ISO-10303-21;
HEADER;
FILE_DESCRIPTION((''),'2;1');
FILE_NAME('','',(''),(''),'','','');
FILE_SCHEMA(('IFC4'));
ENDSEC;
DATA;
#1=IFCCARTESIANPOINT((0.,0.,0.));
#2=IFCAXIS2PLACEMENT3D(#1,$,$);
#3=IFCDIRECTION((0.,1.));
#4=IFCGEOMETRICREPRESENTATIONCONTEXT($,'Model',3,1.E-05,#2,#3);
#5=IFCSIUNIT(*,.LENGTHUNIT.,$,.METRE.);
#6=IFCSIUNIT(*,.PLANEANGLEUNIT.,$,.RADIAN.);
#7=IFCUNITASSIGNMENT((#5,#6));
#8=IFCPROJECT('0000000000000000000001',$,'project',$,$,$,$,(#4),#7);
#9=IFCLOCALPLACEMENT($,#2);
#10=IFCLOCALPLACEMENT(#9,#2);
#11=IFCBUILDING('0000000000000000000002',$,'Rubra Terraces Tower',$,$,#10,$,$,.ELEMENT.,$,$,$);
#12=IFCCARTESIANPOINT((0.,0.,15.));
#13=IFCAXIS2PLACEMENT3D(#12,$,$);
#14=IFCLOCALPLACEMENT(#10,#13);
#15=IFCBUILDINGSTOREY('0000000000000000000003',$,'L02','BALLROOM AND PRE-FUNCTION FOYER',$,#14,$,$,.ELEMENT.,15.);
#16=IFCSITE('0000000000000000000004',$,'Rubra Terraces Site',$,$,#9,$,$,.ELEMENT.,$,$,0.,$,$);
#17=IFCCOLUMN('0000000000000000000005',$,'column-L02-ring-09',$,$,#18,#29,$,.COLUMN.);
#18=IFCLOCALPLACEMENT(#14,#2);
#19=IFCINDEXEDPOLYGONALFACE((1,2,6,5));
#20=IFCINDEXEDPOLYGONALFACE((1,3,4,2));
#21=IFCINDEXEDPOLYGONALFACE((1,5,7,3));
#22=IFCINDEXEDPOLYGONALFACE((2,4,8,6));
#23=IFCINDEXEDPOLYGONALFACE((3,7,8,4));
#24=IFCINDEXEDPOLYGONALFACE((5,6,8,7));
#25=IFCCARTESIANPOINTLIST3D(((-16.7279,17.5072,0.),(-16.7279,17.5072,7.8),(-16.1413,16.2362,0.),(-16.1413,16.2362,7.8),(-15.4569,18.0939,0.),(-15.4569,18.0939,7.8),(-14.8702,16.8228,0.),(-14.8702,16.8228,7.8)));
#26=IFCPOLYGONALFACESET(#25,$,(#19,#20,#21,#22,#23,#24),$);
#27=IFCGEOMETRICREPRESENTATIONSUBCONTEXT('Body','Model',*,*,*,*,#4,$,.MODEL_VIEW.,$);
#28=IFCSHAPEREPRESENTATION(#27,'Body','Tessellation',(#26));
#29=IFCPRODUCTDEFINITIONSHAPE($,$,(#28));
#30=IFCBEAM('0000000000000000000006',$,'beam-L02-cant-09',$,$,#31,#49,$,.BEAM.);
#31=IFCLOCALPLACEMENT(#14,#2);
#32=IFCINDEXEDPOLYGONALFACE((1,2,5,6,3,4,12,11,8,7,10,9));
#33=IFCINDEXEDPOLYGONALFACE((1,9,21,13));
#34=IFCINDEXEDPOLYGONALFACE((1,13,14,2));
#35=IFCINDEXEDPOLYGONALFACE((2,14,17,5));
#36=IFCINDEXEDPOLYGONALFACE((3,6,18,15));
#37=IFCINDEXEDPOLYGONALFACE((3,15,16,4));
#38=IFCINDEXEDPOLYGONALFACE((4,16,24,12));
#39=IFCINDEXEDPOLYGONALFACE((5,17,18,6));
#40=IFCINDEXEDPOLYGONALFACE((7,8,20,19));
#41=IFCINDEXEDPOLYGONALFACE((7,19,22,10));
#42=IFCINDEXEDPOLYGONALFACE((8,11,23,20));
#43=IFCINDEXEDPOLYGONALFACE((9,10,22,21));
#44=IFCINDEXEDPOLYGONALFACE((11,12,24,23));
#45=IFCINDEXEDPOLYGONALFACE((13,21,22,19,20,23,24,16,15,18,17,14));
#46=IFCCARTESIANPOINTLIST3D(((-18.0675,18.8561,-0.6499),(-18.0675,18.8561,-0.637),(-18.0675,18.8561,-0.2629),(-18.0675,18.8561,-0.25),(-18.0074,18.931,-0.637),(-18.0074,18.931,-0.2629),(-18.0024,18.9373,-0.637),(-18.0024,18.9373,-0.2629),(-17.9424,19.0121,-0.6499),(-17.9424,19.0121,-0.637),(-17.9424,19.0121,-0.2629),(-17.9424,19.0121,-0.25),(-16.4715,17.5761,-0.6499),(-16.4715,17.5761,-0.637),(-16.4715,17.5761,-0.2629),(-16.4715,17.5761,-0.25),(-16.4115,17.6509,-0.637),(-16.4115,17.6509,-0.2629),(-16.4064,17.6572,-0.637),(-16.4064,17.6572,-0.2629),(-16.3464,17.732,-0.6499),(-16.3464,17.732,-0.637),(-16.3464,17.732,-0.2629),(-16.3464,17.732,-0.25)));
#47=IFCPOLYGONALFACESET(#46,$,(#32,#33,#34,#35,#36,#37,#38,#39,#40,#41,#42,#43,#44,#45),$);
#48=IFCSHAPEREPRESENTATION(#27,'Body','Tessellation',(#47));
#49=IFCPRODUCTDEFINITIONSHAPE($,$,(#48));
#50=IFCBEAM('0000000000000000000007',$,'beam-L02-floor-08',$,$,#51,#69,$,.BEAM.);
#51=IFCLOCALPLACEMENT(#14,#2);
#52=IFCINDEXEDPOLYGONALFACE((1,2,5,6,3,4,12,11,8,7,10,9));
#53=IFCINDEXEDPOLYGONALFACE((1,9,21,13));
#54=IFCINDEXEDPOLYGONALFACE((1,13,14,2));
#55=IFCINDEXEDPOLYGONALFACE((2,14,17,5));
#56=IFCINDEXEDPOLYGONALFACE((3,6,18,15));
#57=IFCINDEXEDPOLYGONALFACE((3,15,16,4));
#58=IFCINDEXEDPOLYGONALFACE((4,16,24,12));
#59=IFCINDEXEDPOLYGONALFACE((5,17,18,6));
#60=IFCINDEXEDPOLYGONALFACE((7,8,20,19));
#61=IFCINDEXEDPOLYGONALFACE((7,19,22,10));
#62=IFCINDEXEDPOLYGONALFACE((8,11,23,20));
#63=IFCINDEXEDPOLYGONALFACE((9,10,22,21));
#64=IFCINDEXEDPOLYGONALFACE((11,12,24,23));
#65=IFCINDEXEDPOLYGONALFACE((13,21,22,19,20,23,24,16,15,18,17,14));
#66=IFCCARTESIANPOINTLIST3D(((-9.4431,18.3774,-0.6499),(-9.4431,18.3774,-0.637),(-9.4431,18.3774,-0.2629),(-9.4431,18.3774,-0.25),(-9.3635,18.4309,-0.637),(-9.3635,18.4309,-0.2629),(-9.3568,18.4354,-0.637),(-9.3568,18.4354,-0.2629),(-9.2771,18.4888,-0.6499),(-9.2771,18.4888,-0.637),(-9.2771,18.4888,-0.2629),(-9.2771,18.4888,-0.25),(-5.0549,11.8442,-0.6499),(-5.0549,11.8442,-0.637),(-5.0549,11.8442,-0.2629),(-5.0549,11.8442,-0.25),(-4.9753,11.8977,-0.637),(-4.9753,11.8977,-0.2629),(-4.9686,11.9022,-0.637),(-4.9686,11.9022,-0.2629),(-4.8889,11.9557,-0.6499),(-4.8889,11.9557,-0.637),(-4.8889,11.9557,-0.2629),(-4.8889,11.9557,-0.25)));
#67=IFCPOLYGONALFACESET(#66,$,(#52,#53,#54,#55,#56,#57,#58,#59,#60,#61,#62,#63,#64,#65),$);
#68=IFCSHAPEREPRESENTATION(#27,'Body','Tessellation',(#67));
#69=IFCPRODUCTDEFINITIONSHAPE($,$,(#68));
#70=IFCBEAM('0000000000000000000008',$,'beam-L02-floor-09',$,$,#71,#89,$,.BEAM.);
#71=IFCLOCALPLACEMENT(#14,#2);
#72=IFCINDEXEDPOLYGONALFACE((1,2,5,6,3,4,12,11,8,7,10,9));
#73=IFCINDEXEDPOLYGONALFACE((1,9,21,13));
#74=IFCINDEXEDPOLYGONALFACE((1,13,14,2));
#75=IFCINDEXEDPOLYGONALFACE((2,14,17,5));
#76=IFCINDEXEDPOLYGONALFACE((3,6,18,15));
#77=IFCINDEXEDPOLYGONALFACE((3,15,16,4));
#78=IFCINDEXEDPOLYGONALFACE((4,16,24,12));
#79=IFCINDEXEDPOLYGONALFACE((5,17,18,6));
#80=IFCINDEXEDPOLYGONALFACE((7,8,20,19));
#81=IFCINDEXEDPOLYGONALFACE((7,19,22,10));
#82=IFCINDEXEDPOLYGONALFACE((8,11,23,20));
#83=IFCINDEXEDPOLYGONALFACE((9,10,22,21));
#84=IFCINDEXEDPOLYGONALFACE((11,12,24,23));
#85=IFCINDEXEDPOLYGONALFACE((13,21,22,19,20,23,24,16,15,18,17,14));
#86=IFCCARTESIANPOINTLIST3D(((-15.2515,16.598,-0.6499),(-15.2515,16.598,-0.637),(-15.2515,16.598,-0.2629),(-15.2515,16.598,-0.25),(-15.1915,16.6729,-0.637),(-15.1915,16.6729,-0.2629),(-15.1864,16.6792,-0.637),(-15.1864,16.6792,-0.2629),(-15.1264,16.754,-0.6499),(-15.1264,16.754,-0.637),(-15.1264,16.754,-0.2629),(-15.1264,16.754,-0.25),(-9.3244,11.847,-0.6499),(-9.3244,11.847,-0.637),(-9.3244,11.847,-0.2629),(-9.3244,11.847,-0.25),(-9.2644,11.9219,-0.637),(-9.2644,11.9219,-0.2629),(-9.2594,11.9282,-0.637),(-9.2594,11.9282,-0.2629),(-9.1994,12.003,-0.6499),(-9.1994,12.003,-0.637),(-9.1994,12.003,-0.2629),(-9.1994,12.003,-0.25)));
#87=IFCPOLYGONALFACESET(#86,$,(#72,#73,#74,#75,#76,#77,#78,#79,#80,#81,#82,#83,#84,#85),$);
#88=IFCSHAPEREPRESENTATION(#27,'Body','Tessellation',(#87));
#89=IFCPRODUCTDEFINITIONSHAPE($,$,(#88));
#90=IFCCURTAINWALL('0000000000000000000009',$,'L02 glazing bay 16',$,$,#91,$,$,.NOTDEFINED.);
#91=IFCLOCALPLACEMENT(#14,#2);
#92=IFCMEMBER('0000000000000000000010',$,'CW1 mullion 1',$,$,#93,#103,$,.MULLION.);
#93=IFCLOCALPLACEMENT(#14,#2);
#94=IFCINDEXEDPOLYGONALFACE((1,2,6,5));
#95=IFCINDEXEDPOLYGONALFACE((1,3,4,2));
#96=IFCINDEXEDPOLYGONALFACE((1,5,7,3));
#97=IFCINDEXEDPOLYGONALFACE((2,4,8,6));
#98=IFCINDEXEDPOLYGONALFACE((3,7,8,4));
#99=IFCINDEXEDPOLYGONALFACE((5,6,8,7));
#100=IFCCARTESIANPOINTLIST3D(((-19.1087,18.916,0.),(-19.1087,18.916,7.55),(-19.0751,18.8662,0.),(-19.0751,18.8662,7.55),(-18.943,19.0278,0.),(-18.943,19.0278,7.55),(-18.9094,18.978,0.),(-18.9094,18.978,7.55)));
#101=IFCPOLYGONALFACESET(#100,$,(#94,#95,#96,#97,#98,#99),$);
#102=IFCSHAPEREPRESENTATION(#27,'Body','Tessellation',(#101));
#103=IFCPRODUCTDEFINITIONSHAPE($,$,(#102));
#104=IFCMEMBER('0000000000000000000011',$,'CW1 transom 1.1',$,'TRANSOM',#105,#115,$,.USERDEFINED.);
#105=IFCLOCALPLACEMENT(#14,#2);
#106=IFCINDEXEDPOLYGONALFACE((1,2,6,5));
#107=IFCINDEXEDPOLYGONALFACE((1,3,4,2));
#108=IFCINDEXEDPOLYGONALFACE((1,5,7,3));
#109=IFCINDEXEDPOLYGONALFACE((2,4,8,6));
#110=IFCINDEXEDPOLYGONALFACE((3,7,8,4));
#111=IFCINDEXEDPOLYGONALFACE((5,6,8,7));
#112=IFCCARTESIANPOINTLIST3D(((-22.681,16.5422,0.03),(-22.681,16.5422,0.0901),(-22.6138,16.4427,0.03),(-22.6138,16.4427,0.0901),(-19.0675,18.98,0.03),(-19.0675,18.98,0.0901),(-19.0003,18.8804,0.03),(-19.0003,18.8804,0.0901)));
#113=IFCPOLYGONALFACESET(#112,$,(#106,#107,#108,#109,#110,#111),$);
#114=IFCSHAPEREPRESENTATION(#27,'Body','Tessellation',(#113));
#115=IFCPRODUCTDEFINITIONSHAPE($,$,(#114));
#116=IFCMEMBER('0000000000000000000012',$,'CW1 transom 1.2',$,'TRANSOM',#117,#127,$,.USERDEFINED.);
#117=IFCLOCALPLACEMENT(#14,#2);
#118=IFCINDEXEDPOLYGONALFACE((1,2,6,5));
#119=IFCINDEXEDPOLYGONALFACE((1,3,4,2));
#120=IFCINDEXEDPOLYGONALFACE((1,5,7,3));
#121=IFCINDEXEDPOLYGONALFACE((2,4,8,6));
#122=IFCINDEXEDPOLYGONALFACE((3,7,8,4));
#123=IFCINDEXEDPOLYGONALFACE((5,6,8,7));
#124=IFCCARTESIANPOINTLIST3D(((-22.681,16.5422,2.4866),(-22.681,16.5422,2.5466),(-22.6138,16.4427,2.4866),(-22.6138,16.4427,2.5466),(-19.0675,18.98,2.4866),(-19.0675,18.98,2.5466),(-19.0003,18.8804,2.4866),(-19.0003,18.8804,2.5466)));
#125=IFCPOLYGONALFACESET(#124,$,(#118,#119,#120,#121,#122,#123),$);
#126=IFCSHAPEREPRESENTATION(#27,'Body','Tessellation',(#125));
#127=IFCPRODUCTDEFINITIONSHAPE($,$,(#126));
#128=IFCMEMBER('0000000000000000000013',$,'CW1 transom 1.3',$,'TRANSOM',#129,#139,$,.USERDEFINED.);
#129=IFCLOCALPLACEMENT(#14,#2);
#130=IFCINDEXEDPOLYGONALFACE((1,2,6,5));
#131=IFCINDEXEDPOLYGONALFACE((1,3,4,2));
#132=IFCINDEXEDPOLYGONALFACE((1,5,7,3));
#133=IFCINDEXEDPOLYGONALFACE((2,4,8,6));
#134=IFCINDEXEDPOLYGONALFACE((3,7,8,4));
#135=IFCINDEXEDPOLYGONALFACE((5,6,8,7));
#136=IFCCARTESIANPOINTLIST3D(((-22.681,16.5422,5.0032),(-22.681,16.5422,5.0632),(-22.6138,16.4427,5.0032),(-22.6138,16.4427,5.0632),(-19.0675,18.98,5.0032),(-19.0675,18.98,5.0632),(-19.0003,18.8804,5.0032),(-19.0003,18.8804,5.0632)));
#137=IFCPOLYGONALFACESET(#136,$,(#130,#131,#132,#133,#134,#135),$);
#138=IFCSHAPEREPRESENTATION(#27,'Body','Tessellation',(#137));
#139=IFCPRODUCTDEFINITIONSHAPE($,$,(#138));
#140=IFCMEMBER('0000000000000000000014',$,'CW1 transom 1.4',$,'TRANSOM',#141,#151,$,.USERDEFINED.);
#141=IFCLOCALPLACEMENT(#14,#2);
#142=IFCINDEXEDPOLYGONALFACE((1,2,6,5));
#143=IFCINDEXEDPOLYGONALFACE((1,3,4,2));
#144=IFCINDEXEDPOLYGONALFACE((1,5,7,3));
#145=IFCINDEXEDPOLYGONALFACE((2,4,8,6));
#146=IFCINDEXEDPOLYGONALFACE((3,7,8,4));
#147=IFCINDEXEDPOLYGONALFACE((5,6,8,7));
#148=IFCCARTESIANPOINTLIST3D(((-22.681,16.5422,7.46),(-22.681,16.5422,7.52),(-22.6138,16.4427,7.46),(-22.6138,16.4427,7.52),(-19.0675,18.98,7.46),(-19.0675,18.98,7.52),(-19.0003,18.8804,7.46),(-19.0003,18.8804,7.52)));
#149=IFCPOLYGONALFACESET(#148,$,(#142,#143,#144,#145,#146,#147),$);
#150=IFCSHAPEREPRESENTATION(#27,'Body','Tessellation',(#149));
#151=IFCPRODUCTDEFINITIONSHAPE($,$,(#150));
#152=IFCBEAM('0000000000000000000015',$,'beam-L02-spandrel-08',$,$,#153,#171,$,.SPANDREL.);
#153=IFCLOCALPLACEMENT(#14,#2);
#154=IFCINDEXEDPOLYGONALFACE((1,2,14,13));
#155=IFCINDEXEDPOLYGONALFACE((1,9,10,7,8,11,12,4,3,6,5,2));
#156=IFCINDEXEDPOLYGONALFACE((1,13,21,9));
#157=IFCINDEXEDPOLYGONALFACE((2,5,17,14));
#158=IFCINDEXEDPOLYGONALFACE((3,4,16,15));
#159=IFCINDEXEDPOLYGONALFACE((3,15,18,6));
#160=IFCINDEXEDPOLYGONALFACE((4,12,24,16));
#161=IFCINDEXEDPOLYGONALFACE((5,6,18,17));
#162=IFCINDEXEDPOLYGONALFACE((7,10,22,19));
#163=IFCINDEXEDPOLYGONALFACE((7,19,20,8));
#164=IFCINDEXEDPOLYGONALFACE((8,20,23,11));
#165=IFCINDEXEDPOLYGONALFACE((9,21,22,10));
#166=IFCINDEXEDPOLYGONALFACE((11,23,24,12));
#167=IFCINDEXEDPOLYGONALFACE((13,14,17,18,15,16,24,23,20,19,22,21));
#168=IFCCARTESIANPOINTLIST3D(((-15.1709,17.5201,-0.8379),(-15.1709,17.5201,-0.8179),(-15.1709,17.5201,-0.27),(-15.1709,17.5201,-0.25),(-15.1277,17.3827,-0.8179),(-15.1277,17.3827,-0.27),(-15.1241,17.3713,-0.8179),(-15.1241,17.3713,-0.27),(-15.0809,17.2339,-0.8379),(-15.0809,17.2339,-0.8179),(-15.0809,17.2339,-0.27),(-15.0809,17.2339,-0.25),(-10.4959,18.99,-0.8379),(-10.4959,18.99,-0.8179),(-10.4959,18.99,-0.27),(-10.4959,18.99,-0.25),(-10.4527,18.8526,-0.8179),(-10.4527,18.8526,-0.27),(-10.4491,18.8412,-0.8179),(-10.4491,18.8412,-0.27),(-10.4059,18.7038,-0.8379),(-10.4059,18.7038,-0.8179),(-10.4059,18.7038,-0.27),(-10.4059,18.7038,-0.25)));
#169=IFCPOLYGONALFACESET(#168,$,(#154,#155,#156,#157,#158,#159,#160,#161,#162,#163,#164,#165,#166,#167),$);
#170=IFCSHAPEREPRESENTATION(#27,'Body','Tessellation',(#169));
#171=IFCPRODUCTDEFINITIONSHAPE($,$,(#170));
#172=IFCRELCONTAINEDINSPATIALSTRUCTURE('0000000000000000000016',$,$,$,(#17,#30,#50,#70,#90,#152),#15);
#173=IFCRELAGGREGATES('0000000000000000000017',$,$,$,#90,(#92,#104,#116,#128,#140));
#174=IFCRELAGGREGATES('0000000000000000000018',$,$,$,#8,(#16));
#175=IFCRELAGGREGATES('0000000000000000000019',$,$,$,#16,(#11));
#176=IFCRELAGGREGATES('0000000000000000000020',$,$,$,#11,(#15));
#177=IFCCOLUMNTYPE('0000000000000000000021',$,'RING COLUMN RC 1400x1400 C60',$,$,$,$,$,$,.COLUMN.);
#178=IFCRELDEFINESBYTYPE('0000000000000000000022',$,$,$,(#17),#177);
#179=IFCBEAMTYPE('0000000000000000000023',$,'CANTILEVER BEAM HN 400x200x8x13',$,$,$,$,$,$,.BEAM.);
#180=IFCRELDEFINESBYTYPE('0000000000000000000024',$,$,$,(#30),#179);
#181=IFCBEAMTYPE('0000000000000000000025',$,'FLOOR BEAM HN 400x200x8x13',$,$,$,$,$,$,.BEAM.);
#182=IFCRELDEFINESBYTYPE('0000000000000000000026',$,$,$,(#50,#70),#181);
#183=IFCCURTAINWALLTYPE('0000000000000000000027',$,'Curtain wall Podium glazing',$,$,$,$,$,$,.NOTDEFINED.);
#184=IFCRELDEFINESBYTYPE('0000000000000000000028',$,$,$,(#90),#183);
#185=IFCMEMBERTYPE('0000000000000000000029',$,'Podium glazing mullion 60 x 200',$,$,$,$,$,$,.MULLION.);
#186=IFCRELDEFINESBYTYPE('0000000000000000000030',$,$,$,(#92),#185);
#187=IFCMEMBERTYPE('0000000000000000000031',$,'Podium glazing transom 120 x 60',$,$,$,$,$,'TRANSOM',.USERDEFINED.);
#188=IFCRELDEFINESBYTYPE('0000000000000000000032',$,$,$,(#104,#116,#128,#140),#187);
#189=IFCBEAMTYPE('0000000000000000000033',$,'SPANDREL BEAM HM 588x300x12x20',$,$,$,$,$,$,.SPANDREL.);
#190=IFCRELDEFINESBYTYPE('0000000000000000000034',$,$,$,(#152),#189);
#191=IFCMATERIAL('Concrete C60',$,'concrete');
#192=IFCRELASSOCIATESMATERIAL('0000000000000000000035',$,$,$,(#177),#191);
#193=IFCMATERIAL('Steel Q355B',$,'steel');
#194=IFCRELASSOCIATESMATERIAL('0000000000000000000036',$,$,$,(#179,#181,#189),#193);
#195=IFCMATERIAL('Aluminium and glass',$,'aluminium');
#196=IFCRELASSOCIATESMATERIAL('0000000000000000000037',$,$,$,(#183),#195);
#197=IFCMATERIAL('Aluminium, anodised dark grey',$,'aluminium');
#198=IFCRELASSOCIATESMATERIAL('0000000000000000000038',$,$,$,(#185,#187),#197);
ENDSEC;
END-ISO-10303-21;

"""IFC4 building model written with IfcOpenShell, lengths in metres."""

from ifc_helpers import new_model, si_unit, direction, frame, origin, origin_2d, place, context, subcontext, project, spatial, rectangle, i_section, extrude, material, material_profile, profile_set, type_object, element, aggregate, save


model = new_model("IFC4")

# Units and contexts
model_context = context("Model", 3, precision=1e-05, world=origin(), true_north=direction((0.0, 1.0)))
body_context = subcontext(model_context, "Body", "Model", "MODEL_VIEW")
ifc_project = project(units=[si_unit("LENGTHUNIT", "METRE"), si_unit("PLANEANGLEUNIT", "RADIAN")], contexts=[model_context])

# Site, building, storey
site_placement = place(None, origin())
site = spatial("IfcSite", under=ifc_project, at=site_placement, Name="Rubra Terraces Site", CompositionType="ELEMENT", RefElevation=0.0)
building_placement = place(site_placement, origin())
building = spatial("IfcBuilding", under=site, at=building_placement, Name="Rubra Terraces Tower", CompositionType="ELEMENT")
storey_placement = place(building_placement, frame((0.0, 0.0, 15.0)))
storey = spatial("IfcBuildingStorey", under=building, at=storey_placement, Name="L02", Description="BALLROOM AND PRE-FUNCTION FOYER", CompositionType="ELEMENT", Elevation=15.0)

# Column
ifc_material_1 = material(Name="Concrete C60", Category="concrete")
ifc_material_profile_1 = material_profile(ifc_material_1, rectangle(XDim=1.3999, YDim=1.3999, at=origin_2d()), Name="RC 1400x1400")
ifc_profile_set_1 = profile_set([ifc_material_profile_1], Name="Concrete C60")
column_type = type_object("IfcColumnType", Name="RING COLUMN RC 1400x1400 C60", PredefinedType="COLUMN", material=ifc_profile_set_1)
column_placement = place(storey_placement, frame((-15.7991, 17.165, 0.0), z_axis=(0.0, 0.0, 1.0), x_axis=(-0.907952, -0.419073, 0.0)))
element("IfcColumn", 1, at=column_placement, inside=storey, type_object=column_type, Name="column-L02-ring-09", PredefinedType="COLUMN", context=body_context, shape_type="SweptSolid", body=[
    extrude(rectangle(XDim=1.3999, YDim=1.3999, at=origin_2d()), origin(), (0.0, 0.0, 1.0), 7.8),
])

# Beams
ifc_material_2 = material(Name="Steel Q355B", Category="steel")
ifc_material_profile_2 = material_profile(ifc_material_2, i_section(OverallWidth=0.2, OverallDepth=0.3999, WebThickness=0.0081, FlangeThickness=0.0129, at=origin_2d()), Name="HN 400x200x8x13")
ifc_profile_set_2 = profile_set([ifc_material_profile_2], Name="Steel Q355B")
beam_type_1 = type_object("IfcBeamType", Name="CANTILEVER BEAM HN 400x200x8x13", PredefinedType="BEAM", material=ifc_profile_set_2)
beam_1_placement = place(storey_placement, frame((-16.4089, 17.6541, -0.45), z_axis=(-0.780088, 0.62567, 0.0), x_axis=(-0.62567, -0.780088, 0.0)))
element("IfcBeam", 2, at=beam_1_placement, inside=storey, type_object=beam_type_1, Name="beam-L02-cant-09", PredefinedType="BEAM", context=body_context, shape_type="SweptSolid", body=[
    extrude(i_section(OverallWidth=0.2, OverallDepth=0.3999, WebThickness=0.0081, FlangeThickness=0.0129, at=origin_2d()), origin(), (0.0, 0.0, 1.0), 2.0459),
])
ifc_material_profile_3 = material_profile(ifc_material_2, i_section(OverallWidth=0.2, OverallDepth=0.3999, WebThickness=0.0081, FlangeThickness=0.0129, at=origin_2d()), Name="HN 400x200x8x13")
ifc_profile_set_3 = profile_set([ifc_material_profile_3], Name="Steel Q355B")
beam_type_2 = type_object("IfcBeamType", Name="FLOOR BEAM HN 400x200x8x13", PredefinedType="BEAM", material=ifc_profile_set_3)
beam_2_placement = place(storey_placement, frame((-9.3601, 18.4331, -0.45), z_axis=(0.557575, -0.830127, 0.0), x_axis=(0.830127, 0.557575, 0.0)))
element("IfcBeam", 3, at=beam_2_placement, inside=storey, type_object=beam_type_2, Name="beam-L02-floor-08", PredefinedType="BEAM", context=body_context, shape_type="SweptSolid", body=[
    extrude(i_section(OverallWidth=0.2, OverallDepth=0.3999, WebThickness=0.0081, FlangeThickness=0.0129, at=origin_2d()), origin(), (0.0, 0.0, 1.0), 7.8701),
])
beam_3_placement = place(storey_placement, frame((-15.189, 16.676, -0.45), z_axis=(0.780266, -0.625447, 0.0), x_axis=(0.625447, 0.780266, 0.0)))
element("IfcBeam", 4, at=beam_3_placement, inside=storey, type_object=beam_type_2, Name="beam-L02-floor-09", PredefinedType="BEAM", context=body_context, shape_type="SweptSolid", body=[
    extrude(i_section(OverallWidth=0.2, OverallDepth=0.3999, WebThickness=0.0081, FlangeThickness=0.0129, at=origin_2d()), origin(), (0.0, 0.0, 1.0), 7.5962),
])

# Curtain wall, members
ifc_material_3 = material(Name="Aluminium and glass", Category="aluminium")
curtain_wall_type = type_object("IfcCurtainWallType", Name="Curtain wall Podium glazing", PredefinedType="NOTDEFINED", material=ifc_material_3)
curtain_wall_placement = place(storey_placement, origin())
curtain_wall = element("IfcCurtainWall", 5, at=curtain_wall_placement, inside=storey, type_object=curtain_wall_type, Name="L02 glazing bay 16", PredefinedType="NOTDEFINED")
ifc_material_4 = material(Name="Aluminium, anodised dark grey", Category="aluminium")
ifc_material_profile_4 = material_profile(ifc_material_4, rectangle(XDim=0.0601, YDim=0.2, at=origin_2d()), Name="AL 60x200")
ifc_profile_set_4 = profile_set([ifc_material_profile_4], Name="Aluminium, anodised dark grey")
member_type_1 = type_object("IfcMemberType", Name="Podium glazing mullion 60 x 200", PredefinedType="MULLION", material=ifc_profile_set_4)
member_1_placement = place(storey_placement, frame((-19.009, 18.947, 0.0), z_axis=(0.0, 0.0, 1.0), x_axis=(0.559277, -0.828981, 0.0)))
member_1 = element("IfcMember", 6, at=member_1_placement, type_object=member_type_1, Name="CW1 mullion 1", PredefinedType="MULLION", context=body_context, shape_type="SweptSolid", body=[
    extrude(rectangle(XDim=0.0601, YDim=0.2, at=origin_2d()), origin(), (0.0, 0.0, 1.0), 7.55),
])
ifc_material_profile_5 = material_profile(ifc_material_4, rectangle(XDim=0.1201, YDim=0.0601, at=origin_2d()), Name="AL 120x60")
ifc_profile_set_5 = profile_set([ifc_material_profile_5], Name="Aluminium, anodised dark grey")
member_type_2 = type_object("IfcMemberType", Name="Podium glazing transom 120 x 60", ElementType="TRANSOM", PredefinedType="USERDEFINED", material=ifc_profile_set_5)
member_2_placement = place(storey_placement, frame((-19.0339, 18.9302, 0.0601), z_axis=(-0.828996, -0.559254, 0.0), x_axis=(0.559254, -0.828996, 0.0)))
member_2 = element("IfcMember", 7, at=member_2_placement, type_object=member_type_2, Name="CW1 transom 1.1", ObjectType="TRANSOM", PredefinedType="USERDEFINED", context=body_context, shape_type="SweptSolid", body=[
    extrude(rectangle(XDim=0.1201, YDim=0.0601, at=origin_2d()), origin(), (0.0, 0.0, 1.0), 4.3589),
])
member_3_placement = place(storey_placement, frame((-19.0339, 18.9302, 2.5166), z_axis=(-0.828996, -0.559254, 0.0), x_axis=(0.559254, -0.828996, 0.0)))
member_3 = element("IfcMember", 8, at=member_3_placement, type_object=member_type_2, Name="CW1 transom 1.2", ObjectType="TRANSOM", PredefinedType="USERDEFINED", context=body_context, shape_type="SweptSolid", body=[
    extrude(rectangle(XDim=0.1201, YDim=0.0601, at=origin_2d()), origin(), (0.0, 0.0, 1.0), 4.3589),
])
member_4_placement = place(storey_placement, frame((-19.0339, 18.9302, 5.0332), z_axis=(-0.828996, -0.559254, 0.0), x_axis=(0.559254, -0.828996, 0.0)))
member_4 = element("IfcMember", 9, at=member_4_placement, type_object=member_type_2, Name="CW1 transom 1.3", ObjectType="TRANSOM", PredefinedType="USERDEFINED", context=body_context, shape_type="SweptSolid", body=[
    extrude(rectangle(XDim=0.1201, YDim=0.0601, at=origin_2d()), origin(), (0.0, 0.0, 1.0), 4.3589),
])
member_5_placement = place(storey_placement, frame((-19.0339, 18.9302, 7.49), z_axis=(-0.828996, -0.559254, 0.0), x_axis=(0.559254, -0.828996, 0.0)))
member_5 = element("IfcMember", 10, at=member_5_placement, type_object=member_type_2, Name="CW1 transom 1.4", ObjectType="TRANSOM", PredefinedType="USERDEFINED", context=body_context, shape_type="SweptSolid", body=[
    extrude(rectangle(XDim=0.1201, YDim=0.0601, at=origin_2d()), origin(), (0.0, 0.0, 1.0), 4.3589),
])
aggregate(curtain_wall, [member_1, member_2, member_3, member_4, member_5])

# Beam
ifc_material_profile_6 = material_profile(ifc_material_2, i_section(OverallWidth=0.3, OverallDepth=0.5879, WebThickness=0.012, FlangeThickness=0.02, at=origin_2d()), Name="HM 588x300x12x20")
ifc_profile_set_6 = profile_set([ifc_material_profile_6], Name="Steel Q355B")
beam_type_3 = type_object("IfcBeamType", Name="SPANDREL BEAM HM 588x300x12x20", PredefinedType="SPANDREL", material=ifc_profile_set_6)
beam_4_placement = place(storey_placement, frame((-10.4509, 18.8469, -0.5439), z_axis=(-0.953955, -0.299951, 0.0), x_axis=(0.299951, -0.953955, 0.0)))
element("IfcBeam", 11, at=beam_4_placement, inside=storey, type_object=beam_type_3, Name="beam-L02-spandrel-08", PredefinedType="SPANDREL", context=body_context, shape_type="SweptSolid", body=[
    extrude(i_section(OverallWidth=0.3, OverallDepth=0.5879, WebThickness=0.012, FlangeThickness=0.02, at=origin_2d()), origin(), (0.0, 0.0, 1.0), 4.9006),
])

save(model, "model.ifc")
